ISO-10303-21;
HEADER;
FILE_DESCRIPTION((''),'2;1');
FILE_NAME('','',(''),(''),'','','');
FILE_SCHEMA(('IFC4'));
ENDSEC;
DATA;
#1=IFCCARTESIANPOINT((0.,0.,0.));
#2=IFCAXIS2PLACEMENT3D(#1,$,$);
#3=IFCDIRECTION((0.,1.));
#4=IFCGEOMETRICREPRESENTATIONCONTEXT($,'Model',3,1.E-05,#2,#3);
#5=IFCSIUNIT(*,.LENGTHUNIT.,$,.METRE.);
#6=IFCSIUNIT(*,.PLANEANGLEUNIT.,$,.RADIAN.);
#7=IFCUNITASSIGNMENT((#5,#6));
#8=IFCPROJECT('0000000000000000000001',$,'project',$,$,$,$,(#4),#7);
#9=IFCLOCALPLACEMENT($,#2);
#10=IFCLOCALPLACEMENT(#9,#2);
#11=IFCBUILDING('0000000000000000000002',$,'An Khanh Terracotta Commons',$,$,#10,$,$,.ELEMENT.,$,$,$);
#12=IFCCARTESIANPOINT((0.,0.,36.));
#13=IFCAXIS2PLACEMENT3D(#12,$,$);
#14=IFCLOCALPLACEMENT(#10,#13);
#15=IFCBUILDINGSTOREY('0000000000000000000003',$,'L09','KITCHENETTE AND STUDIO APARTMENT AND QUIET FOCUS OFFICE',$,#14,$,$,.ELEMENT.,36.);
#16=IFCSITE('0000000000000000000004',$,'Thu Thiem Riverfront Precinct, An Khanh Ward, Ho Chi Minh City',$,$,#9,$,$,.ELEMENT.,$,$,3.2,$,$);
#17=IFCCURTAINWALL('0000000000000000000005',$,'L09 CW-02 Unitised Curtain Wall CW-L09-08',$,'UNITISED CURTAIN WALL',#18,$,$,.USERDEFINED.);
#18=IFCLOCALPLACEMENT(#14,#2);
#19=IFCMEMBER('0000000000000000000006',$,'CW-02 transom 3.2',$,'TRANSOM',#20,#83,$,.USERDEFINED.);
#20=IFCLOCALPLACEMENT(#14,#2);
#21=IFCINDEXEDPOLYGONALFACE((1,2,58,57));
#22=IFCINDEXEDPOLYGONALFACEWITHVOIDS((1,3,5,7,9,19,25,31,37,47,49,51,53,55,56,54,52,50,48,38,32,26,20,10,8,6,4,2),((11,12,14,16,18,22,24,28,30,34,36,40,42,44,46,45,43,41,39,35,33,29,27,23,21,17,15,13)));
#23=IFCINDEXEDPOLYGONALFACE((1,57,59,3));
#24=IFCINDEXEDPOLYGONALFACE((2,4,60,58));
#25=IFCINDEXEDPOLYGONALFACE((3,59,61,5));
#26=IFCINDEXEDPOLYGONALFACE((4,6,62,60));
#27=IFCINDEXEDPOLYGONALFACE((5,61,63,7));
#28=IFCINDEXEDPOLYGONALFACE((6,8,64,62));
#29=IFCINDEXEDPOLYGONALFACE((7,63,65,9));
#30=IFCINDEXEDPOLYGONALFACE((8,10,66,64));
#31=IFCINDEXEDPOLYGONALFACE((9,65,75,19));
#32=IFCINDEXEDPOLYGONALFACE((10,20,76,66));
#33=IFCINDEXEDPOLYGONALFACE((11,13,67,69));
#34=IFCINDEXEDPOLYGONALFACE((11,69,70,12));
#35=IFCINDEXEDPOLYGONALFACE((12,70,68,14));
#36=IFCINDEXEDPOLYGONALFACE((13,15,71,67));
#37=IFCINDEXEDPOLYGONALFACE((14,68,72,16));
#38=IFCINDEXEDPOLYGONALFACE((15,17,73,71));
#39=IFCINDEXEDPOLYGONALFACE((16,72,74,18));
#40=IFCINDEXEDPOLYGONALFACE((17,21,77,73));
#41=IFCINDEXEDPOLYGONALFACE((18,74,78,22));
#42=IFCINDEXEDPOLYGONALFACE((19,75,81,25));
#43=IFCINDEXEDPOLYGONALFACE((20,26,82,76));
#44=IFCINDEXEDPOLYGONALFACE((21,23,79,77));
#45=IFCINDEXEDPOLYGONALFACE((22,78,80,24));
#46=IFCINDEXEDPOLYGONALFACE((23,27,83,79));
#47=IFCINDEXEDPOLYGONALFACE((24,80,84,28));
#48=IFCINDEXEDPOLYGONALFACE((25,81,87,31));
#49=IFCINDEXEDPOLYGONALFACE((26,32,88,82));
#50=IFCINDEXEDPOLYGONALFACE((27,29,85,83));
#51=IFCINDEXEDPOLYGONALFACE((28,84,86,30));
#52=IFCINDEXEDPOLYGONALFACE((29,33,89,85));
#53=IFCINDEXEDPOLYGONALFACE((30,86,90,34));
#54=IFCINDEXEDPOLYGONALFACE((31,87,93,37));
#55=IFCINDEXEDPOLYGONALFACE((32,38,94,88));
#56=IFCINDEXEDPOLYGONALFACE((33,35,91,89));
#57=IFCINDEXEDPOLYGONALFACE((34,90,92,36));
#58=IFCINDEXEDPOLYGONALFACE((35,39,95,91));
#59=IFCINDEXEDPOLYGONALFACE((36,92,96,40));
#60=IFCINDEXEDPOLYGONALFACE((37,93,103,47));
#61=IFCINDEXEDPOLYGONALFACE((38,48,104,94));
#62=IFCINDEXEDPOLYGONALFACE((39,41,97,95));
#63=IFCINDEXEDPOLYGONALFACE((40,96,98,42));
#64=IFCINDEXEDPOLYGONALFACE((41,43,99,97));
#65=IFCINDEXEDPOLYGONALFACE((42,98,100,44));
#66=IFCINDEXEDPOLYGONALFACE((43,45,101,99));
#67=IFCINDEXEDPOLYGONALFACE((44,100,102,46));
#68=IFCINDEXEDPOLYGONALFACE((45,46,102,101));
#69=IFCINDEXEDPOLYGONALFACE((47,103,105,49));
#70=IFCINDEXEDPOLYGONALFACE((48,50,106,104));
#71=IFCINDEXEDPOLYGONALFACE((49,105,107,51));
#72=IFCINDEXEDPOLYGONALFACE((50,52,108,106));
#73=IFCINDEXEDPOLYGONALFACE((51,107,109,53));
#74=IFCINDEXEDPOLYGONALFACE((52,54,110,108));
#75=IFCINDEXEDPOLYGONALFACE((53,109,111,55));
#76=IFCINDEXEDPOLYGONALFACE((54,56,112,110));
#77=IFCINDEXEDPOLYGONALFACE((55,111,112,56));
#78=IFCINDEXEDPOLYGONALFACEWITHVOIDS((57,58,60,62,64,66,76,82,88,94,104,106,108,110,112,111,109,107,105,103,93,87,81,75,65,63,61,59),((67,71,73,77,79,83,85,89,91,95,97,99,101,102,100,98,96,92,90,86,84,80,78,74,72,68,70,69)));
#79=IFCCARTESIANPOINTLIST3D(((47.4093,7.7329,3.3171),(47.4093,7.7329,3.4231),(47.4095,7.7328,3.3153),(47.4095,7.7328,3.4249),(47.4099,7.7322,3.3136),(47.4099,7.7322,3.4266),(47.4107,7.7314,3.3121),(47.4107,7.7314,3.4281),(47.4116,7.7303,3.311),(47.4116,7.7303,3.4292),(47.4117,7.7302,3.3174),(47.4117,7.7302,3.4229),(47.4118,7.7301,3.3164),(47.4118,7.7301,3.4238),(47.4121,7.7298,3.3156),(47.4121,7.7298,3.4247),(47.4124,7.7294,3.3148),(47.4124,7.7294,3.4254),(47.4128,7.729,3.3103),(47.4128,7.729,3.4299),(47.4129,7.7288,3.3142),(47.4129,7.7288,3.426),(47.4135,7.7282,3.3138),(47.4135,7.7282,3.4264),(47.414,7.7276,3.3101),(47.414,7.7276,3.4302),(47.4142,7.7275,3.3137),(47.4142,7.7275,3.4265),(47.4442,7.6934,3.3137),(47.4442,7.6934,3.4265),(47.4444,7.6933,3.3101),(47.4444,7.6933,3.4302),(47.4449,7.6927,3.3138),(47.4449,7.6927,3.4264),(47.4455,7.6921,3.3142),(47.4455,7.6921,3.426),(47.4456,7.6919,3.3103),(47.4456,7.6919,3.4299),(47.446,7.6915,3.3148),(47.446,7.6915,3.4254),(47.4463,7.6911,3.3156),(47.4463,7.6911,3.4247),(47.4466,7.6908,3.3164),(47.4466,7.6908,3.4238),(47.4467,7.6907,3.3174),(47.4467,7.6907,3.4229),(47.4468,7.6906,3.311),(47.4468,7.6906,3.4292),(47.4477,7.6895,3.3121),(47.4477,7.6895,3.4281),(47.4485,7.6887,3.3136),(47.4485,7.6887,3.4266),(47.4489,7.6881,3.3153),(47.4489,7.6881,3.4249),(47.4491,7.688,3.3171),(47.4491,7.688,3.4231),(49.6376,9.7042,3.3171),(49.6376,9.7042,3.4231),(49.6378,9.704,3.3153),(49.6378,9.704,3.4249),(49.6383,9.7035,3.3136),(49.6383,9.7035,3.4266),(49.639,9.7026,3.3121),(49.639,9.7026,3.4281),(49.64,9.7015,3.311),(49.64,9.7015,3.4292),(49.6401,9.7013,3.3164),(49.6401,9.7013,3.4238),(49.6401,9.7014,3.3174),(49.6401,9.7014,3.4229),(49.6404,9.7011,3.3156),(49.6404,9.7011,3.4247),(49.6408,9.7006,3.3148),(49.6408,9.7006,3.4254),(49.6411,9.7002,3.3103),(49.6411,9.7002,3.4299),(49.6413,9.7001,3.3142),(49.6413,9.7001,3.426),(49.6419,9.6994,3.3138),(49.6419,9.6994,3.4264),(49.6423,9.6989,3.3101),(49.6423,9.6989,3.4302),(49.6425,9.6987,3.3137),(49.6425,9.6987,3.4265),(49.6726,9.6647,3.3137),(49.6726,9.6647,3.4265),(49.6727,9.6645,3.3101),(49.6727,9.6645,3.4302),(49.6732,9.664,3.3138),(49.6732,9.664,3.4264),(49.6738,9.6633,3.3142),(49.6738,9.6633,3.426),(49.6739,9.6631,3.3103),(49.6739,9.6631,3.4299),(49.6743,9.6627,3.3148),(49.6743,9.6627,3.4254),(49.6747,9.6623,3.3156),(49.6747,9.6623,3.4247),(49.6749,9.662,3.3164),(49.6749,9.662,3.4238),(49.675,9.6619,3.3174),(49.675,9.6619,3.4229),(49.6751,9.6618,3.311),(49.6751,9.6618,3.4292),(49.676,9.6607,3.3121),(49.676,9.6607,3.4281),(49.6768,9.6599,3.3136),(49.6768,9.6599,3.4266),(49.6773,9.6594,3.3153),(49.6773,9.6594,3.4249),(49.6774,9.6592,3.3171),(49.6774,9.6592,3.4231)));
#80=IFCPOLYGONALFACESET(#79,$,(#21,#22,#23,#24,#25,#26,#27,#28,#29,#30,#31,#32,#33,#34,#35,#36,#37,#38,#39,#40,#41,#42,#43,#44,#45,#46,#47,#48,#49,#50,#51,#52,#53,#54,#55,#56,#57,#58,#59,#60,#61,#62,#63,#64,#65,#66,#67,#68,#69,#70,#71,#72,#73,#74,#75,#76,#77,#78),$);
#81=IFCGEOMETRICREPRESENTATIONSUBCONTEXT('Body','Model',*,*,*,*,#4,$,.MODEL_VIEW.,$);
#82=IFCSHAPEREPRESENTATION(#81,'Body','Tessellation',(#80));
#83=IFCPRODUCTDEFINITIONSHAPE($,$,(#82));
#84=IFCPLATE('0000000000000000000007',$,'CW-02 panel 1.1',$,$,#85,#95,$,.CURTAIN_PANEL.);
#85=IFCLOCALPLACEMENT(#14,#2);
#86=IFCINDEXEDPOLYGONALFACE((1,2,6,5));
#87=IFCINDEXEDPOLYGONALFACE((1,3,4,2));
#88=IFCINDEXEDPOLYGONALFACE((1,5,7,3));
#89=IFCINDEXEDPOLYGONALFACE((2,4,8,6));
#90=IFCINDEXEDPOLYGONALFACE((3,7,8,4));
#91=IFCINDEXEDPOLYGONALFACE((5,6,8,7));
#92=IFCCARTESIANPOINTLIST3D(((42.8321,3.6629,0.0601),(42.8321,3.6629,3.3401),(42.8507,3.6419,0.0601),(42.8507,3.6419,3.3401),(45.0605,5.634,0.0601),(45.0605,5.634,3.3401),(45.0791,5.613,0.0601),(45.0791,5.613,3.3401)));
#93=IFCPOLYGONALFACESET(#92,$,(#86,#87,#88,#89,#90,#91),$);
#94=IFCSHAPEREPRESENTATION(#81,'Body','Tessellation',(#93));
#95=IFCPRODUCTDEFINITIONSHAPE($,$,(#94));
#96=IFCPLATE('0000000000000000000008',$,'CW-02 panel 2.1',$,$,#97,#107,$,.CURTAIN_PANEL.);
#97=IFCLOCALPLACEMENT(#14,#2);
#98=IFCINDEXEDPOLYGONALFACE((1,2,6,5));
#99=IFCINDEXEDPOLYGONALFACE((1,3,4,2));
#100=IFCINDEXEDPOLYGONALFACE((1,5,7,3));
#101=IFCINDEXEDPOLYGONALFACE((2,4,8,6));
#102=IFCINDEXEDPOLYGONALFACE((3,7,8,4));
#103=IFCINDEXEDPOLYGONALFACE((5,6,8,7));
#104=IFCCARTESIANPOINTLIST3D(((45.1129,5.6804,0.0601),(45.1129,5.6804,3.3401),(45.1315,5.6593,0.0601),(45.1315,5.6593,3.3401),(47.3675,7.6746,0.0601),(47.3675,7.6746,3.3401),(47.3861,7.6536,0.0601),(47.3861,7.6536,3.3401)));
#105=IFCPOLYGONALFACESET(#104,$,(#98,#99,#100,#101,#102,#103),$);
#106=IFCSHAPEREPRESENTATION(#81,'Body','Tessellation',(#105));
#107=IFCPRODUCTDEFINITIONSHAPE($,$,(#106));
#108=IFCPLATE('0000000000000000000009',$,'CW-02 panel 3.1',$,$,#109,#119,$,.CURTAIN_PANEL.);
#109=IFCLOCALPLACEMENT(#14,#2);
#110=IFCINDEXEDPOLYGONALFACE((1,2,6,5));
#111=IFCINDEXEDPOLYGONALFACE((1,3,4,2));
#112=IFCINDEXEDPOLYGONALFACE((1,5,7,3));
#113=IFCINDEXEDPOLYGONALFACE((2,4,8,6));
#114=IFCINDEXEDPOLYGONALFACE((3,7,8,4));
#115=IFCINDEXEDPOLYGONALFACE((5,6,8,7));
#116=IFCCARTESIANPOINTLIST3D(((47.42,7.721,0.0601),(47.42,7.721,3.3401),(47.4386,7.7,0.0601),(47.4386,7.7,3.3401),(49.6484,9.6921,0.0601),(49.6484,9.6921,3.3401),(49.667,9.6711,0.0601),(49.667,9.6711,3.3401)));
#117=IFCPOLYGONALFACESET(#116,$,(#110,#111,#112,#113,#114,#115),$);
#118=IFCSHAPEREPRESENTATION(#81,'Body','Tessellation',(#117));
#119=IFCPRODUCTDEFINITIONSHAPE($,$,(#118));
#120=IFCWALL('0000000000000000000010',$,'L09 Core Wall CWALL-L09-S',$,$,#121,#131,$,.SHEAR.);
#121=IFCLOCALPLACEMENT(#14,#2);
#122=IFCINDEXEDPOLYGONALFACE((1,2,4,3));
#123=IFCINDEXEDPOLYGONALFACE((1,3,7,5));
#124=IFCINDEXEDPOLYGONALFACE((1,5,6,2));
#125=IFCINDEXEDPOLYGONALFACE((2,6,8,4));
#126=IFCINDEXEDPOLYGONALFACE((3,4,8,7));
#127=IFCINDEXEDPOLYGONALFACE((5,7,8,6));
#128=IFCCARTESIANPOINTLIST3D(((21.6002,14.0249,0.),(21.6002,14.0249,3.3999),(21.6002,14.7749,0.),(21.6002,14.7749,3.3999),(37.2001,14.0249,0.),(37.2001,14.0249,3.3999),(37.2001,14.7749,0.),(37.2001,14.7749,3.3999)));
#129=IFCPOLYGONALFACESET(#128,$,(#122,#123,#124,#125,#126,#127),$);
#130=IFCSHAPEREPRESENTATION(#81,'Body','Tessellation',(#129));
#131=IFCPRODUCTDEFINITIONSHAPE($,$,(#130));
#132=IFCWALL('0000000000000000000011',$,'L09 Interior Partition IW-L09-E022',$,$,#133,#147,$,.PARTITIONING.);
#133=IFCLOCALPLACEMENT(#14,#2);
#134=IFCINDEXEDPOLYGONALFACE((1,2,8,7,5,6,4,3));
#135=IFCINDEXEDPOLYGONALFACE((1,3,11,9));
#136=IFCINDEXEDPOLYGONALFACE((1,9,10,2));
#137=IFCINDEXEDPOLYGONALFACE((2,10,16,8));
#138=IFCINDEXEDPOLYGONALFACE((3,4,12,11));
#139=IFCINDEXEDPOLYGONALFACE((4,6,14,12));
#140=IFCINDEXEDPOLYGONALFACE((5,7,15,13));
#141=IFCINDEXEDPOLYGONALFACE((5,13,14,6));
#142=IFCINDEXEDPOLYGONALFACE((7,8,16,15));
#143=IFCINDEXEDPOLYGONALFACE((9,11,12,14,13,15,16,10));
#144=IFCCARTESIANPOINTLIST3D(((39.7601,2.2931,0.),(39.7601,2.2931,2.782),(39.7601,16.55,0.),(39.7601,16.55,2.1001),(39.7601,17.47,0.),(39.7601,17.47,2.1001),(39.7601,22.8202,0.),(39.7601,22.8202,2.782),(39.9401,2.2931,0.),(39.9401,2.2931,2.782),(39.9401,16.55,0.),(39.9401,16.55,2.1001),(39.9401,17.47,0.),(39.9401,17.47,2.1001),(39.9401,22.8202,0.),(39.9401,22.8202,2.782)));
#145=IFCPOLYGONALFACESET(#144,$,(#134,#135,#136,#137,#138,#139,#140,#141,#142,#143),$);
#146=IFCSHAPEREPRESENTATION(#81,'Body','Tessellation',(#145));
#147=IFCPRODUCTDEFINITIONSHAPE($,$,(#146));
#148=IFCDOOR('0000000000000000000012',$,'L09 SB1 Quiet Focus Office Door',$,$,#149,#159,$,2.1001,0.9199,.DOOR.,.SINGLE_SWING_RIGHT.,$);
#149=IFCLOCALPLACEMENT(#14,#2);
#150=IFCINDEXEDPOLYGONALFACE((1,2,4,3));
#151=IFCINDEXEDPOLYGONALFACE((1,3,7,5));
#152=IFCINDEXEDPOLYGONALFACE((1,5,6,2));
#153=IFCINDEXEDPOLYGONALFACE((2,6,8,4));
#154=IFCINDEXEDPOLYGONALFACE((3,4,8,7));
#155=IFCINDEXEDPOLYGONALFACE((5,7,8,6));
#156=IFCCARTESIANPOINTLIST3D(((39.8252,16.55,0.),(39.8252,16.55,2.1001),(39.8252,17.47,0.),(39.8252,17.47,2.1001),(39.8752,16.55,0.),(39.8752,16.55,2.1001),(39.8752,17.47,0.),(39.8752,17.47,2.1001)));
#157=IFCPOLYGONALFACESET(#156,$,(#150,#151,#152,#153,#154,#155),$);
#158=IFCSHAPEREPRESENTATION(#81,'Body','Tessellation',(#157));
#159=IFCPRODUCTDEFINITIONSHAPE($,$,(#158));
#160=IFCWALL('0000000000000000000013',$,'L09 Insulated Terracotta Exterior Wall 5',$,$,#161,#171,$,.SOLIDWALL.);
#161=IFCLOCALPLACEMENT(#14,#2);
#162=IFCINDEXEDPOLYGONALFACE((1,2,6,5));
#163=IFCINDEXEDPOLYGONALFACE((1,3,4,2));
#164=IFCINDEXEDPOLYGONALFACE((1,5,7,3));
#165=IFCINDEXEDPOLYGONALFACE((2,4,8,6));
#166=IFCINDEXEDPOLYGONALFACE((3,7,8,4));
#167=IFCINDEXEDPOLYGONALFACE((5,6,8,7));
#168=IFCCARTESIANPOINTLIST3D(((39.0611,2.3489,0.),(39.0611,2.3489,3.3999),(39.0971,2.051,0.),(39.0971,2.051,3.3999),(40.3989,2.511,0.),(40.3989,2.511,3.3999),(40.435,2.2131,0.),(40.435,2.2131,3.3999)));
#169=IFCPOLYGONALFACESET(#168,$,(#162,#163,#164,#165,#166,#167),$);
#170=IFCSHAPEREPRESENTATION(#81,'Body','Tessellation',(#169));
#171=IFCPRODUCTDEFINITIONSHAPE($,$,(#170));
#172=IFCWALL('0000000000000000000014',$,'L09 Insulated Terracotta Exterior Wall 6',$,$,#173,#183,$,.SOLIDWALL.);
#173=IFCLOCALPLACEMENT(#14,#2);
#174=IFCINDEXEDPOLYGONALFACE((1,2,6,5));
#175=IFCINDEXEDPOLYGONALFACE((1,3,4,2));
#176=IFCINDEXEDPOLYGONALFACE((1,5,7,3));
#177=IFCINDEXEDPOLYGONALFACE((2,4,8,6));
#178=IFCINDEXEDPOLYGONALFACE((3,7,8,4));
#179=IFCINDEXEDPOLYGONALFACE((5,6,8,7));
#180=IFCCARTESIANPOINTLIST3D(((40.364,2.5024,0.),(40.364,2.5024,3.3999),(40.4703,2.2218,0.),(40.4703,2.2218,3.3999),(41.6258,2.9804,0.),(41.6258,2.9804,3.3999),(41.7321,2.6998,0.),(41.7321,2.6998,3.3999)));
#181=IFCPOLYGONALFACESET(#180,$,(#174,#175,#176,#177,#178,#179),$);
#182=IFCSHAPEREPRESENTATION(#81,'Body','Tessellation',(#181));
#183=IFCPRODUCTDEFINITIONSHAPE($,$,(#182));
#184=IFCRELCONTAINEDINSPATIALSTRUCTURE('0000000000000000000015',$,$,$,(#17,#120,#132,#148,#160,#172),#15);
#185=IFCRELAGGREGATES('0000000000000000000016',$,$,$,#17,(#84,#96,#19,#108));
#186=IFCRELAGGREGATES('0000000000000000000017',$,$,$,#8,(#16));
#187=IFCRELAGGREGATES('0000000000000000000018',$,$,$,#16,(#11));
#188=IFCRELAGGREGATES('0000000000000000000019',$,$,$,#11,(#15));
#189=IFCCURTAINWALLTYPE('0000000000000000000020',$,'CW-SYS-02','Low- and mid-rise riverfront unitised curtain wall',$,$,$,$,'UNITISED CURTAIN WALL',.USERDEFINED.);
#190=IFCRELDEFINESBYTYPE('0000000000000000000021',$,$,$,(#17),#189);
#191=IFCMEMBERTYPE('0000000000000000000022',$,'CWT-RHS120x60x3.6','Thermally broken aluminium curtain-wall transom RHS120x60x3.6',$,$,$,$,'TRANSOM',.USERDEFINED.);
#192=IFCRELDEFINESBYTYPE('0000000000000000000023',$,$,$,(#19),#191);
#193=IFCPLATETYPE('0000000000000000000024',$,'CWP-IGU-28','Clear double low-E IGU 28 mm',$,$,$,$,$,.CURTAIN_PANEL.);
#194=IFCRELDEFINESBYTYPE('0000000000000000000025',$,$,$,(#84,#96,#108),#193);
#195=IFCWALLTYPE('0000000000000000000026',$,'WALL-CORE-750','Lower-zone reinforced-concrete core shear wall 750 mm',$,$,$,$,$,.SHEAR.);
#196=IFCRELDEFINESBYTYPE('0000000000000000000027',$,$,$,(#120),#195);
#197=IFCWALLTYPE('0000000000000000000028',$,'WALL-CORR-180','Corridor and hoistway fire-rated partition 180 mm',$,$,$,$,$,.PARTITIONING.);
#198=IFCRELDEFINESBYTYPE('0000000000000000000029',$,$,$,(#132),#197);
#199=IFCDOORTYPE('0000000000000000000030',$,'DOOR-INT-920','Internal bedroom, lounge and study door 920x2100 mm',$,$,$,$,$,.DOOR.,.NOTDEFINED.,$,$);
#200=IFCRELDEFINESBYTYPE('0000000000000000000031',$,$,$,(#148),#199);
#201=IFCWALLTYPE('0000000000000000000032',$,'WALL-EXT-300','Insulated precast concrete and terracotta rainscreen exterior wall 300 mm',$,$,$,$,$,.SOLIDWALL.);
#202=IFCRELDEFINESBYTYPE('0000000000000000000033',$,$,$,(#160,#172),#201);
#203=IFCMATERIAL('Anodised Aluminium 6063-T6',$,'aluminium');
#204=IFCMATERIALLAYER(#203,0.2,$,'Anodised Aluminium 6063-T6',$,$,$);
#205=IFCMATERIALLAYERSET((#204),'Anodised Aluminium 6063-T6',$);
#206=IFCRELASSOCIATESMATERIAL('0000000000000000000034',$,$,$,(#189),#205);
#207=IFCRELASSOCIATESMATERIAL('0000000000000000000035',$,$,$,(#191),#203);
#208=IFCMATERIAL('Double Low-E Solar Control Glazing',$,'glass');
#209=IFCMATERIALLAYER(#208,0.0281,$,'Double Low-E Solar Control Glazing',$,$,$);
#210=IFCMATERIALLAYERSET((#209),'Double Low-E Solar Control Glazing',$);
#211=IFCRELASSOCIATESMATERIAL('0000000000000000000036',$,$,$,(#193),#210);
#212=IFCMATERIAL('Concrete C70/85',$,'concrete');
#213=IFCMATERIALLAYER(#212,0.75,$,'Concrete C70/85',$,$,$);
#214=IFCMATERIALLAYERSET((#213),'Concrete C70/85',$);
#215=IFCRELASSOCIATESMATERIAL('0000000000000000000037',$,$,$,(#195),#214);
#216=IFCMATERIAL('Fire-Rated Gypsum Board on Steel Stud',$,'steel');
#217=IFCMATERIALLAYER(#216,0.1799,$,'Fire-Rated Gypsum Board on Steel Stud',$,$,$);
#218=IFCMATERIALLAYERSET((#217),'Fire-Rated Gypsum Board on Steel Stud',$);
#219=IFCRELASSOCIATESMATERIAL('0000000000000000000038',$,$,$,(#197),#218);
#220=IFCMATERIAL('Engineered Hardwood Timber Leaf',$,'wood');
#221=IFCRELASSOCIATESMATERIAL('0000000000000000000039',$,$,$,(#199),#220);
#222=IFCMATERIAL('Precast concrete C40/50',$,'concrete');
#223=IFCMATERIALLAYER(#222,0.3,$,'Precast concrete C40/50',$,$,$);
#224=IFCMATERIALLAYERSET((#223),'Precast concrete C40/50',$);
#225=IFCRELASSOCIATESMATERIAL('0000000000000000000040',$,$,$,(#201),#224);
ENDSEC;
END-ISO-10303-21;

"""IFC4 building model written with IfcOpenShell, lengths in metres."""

from ifc_helpers import new_model, si_unit, direction, frame, frame_2d, origin, origin_2d, place, context, subcontext, project, spatial, rectangle, hollow_rectangle, extrude, material, layer, layer_set, material_profile, profile_set, type_object, element, fill, aggregate, save


model = new_model("IFC4")

# Units and contexts
model_context = context("Model", 3, precision=1e-05, world=origin(), true_north=direction((0.0, 1.0)))
body_context = subcontext(model_context, "Body", "Model", "MODEL_VIEW")
ifc_project = project(units=[si_unit("LENGTHUNIT", "METRE"), si_unit("PLANEANGLEUNIT", "RADIAN")], contexts=[model_context])

# Site, building, storey
site_placement = place(None, origin())
site = spatial("IfcSite", under=ifc_project, at=site_placement, Name="Thu Thiem Riverfront Precinct, An Khanh Ward, Ho Chi Minh City", CompositionType="ELEMENT", RefElevation=3.2)
building_placement = place(site_placement, origin())
building = spatial("IfcBuilding", under=site, at=building_placement, Name="An Khanh Terracotta Commons", CompositionType="ELEMENT")
storey_placement = place(building_placement, frame((0.0, 0.0, 36.0)))
storey = spatial("IfcBuildingStorey", under=building, at=storey_placement, Name="L09", Description="KITCHENETTE AND STUDIO APARTMENT AND QUIET FOCUS OFFICE", CompositionType="ELEMENT", Elevation=36.0)

# Shared definitions
ifc_material_1 = material(Name="Concrete C70/85", Category="concrete")

# Curtain wall, member, plates
ifc_material_2 = material(Name="Anodised Aluminium 6063-T6", Category="aluminium")
ifc_layer_1 = layer(ifc_material_2, 0.2, Name="Anodised Aluminium 6063-T6")
ifc_layer_set_1 = layer_set([ifc_layer_1], Name="Anodised Aluminium 6063-T6")
curtain_wall_type = type_object("IfcCurtainWallType", Name="CW-SYS-02", Description="Low- and mid-rise riverfront unitised curtain wall", ElementType="UNITISED CURTAIN WALL", PredefinedType="USERDEFINED", material=ifc_layer_set_1)
curtain_wall_placement = place(storey_placement, origin())
curtain_wall = element("IfcCurtainWall", 1, at=curtain_wall_placement, inside=storey, type_object=curtain_wall_type, Name="L09 CW-02 Unitised Curtain Wall CW-L09-08", ObjectType="UNITISED CURTAIN WALL", PredefinedType="USERDEFINED")
ifc_material_profile_1 = material_profile(ifc_material_2, hollow_rectangle(XDim=0.0601, YDim=0.1201, WallThickness=0.0037, InnerFilletRadius=0.0037, OuterFilletRadius=0.0071, at=origin_2d()), Name="RHS120x60x3.6")
ifc_profile_set_1 = profile_set([ifc_material_profile_1], Name="Anodised Aluminium 6063-T6")
member_type_1 = type_object("IfcMemberType", Name="CWT-RHS120x60x3.6", Description="Thermally broken aluminium curtain-wall transom RHS120x60x3.6", ElementType="TRANSOM", PredefinedType="USERDEFINED", material=ifc_profile_set_1)
member_1_placement = place(storey_placement, frame((47.4292, 7.7104, 3.3701), z_axis=(0.748992, 0.662579, 0.0), x_axis=(-0.662579, 0.748992, 0.0)))
member_1 = element("IfcMember", 2, at=member_1_placement, type_object=member_type_1, Name="CW-02 transom 3.2", ObjectType="TRANSOM", PredefinedType="USERDEFINED", context=body_context, shape_type="SweptSolid", body=[
    extrude(hollow_rectangle(XDim=0.0601, YDim=0.1201, WallThickness=0.0037, InnerFilletRadius=0.0037, OuterFilletRadius=0.0071, at=origin_2d()), origin(), (0.0, 0.0, 1.0), 2.9751),
])
ifc_material_3 = material(Name="Double Low-E Solar Control Glazing", Category="glass")
ifc_layer_2 = layer(ifc_material_3, 0.0281, Name="Double Low-E Solar Control Glazing")
ifc_layer_set_2 = layer_set([ifc_layer_2], Name="Double Low-E Solar Control Glazing")
plate_type = type_object("IfcPlateType", Name="CWP-IGU-28", Description="Clear double low-E IGU 28 mm", PredefinedType="CURTAIN_PANEL", material=ifc_layer_set_2)
plate_1_placement = place(storey_placement, frame((43.9556, 4.6379, 0.0601), z_axis=(0.0, 0.0, 1.0), x_axis=(0.749019, 0.662548, 0.0)))
plate_1 = element("IfcPlate", 3, at=plate_1_placement, type_object=plate_type, Name="CW-02 panel 1.1", PredefinedType="CURTAIN_PANEL", context=body_context, shape_type="SweptSolid", body=[
    extrude(rectangle(XDim=2.9751, YDim=0.0281, at=origin_2d()), origin(), (0.0, 0.0, 1.0), 3.28),
])
plate_2_placement = place(storey_placement, frame((46.2495, 6.667, 0.0601), z_axis=(0.0, 0.0, 1.0), x_axis=(0.749019, 0.662548, 0.0)))
plate_2 = element("IfcPlate", 4, at=plate_2_placement, type_object=plate_type, Name="CW-02 panel 2.1", PredefinedType="CURTAIN_PANEL", context=body_context, shape_type="SweptSolid", body=[
    extrude(rectangle(XDim=3.01, YDim=0.0281, at=origin_2d()), origin(), (0.0, 0.0, 1.0), 3.28),
])
plate_3_placement = place(storey_placement, frame((48.5435, 8.696, 0.0601), z_axis=(0.0, 0.0, 1.0), x_axis=(0.749019, 0.662548, 0.0)))
plate_3 = element("IfcPlate", 5, at=plate_3_placement, type_object=plate_type, Name="CW-02 panel 3.1", PredefinedType="CURTAIN_PANEL", context=body_context, shape_type="SweptSolid", body=[
    extrude(rectangle(XDim=2.9751, YDim=0.0281, at=origin_2d()), origin(), (0.0, 0.0, 1.0), 3.28),
])
aggregate(curtain_wall, [plate_1, plate_2, member_1, plate_3])

# Wall
ifc_layer_3 = layer(ifc_material_1, 0.75, Name="Concrete C70/85")
ifc_layer_set_3 = layer_set([ifc_layer_3], Name="Concrete C70/85")
wall_type_1 = type_object("IfcWallType", Name="WALL-CORE-750", Description="Lower-zone reinforced-concrete core shear wall 750 mm", PredefinedType="SHEAR", material=ifc_layer_set_3)
wall_1_placement = place(storey_placement, frame((37.2, 14.3999, 0.0), z_axis=(0.0, 0.0, 1.0), x_axis=(-1.0, 0.0, 0.0)))
element("IfcWall", 6, at=wall_1_placement, inside=storey, type_object=wall_type_1, Name="L09 Core Wall CWALL-L09-S", PredefinedType="SHEAR", context=body_context, shape_type="SweptSolid", body=[
    extrude(rectangle(XDim=15.5999, YDim=0.75, at=frame_2d((7.7998, 0.0))), origin(), (0.0, 0.0, 1.0), 3.3999),
])

# Wall, opening, door
ifc_material_4 = material(Name="Fire-Rated Gypsum Board on Steel Stud", Category="steel")
ifc_layer_4 = layer(ifc_material_4, 0.1799, Name="Fire-Rated Gypsum Board on Steel Stud")
ifc_layer_set_4 = layer_set([ifc_layer_4], Name="Fire-Rated Gypsum Board on Steel Stud")
wall_type_2 = type_object("IfcWallType", Name="WALL-CORR-180", Description="Corridor and hoistway fire-rated partition 180 mm", PredefinedType="PARTITIONING", material=ifc_layer_set_4)
wall_2_placement = place(storey_placement, frame((39.8501, 2.293, 0.0), z_axis=(0.0, 0.0, 1.0), x_axis=(0.0, 1.0, 0.0)))
wall_2 = element("IfcWall", 7, at=wall_2_placement, inside=storey, type_object=wall_type_2, Name="L09 Interior Partition IW-L09-E022", PredefinedType="PARTITIONING", context=body_context, shape_type="SweptSolid", body=[
    extrude(rectangle(XDim=20.5271, YDim=0.1799, at=frame_2d((10.2637, 0.0))), origin(), (0.0, 0.0, 1.0), 2.782),
])
opening_1_placement = place(wall_2_placement, frame((14.2571, 0.0, 0.0)))
opening_1 = element("IfcOpeningElement", 8, at=opening_1_placement, cuts=wall_2, PredefinedType="OPENING", context=body_context, shape_type="SweptSolid", body=[
    extrude(rectangle(XDim=0.9199, YDim=2.1001, at=frame_2d((0.46, 1.05))), frame((0.0, 0.0999, 0.0), z_axis=(0.0, -1.0, 0.0), x_axis=(1.0, 0.0, 0.0)), (0.0, 0.0, 1.0), 0.2),
])
ifc_material_5 = material(Name="Engineered Hardwood Timber Leaf", Category="wood")
door_type = type_object("IfcDoorType", Name="DOOR-INT-920", Description="Internal bedroom, lounge and study door 920x2100 mm", OperationType="NOTDEFINED", PredefinedType="DOOR", material=ifc_material_5)
door_placement = place(opening_1_placement, origin())
door = element("IfcDoor", 9, at=door_placement, inside=storey, type_object=door_type, Name="L09 SB1 Quiet Focus Office Door", OperationType="SINGLE_SWING_RIGHT", OverallHeight=2.1001, OverallWidth=0.9199, PredefinedType="DOOR", context=body_context, shape_type="SweptSolid", body=[
    extrude(rectangle(XDim=0.9199, YDim=2.1001, at=frame_2d((0.46, 1.05))), frame((0.0, 0.0249, 0.0), z_axis=(0.0, -1.0, 0.0), x_axis=(1.0, 0.0, 0.0)), (0.0, 0.0, 1.0), 0.05),
])
fill(opening_1, door)

# Walls
ifc_material_6 = material(Name="Precast concrete C40/50", Category="concrete")
ifc_layer_5 = layer(ifc_material_6, 0.3, Name="Precast concrete C40/50")
ifc_layer_set_5 = layer_set([ifc_layer_5], Name="Precast concrete C40/50")
wall_type_3 = type_object("IfcWallType", Name="WALL-EXT-300", Description="Insulated precast concrete and terracotta rainscreen exterior wall 300 mm", PredefinedType="SOLIDWALL", material=ifc_layer_set_5)
wall_3_placement = place(storey_placement, frame((39.0791, 2.2, 0.0), z_axis=(0.0, 0.0, 1.0), x_axis=(0.992739, 0.120288, 0.0)))
element("IfcWall", 10, at=wall_3_placement, inside=storey, type_object=wall_type_3, Name="L09 Insulated Terracotta Exterior Wall 5", PredefinedType="SOLIDWALL", context=body_context, shape_type="SweptSolid", body=[
    extrude(rectangle(XDim=1.3477, YDim=0.3, at=frame_2d((0.6738, 0.0))), origin(), (0.0, 0.0, 1.0), 3.3999),
])
wall_4_placement = place(storey_placement, frame((40.417, 2.3621, 0.0), z_axis=(0.0, 0.0, 1.0), x_axis=(0.935157, 0.354234, 0.0)))
element("IfcWall", 11, at=wall_4_placement, inside=storey, type_object=wall_type_3, Name="L09 Insulated Terracotta Exterior Wall 6", PredefinedType="SOLIDWALL", context=body_context, shape_type="SweptSolid", body=[
    extrude(rectangle(XDim=1.3494, YDim=0.3, at=frame_2d((0.6748, 0.0))), origin(), (0.0, 0.0, 1.0), 3.3999),
])

save(model, "model.ifc")
